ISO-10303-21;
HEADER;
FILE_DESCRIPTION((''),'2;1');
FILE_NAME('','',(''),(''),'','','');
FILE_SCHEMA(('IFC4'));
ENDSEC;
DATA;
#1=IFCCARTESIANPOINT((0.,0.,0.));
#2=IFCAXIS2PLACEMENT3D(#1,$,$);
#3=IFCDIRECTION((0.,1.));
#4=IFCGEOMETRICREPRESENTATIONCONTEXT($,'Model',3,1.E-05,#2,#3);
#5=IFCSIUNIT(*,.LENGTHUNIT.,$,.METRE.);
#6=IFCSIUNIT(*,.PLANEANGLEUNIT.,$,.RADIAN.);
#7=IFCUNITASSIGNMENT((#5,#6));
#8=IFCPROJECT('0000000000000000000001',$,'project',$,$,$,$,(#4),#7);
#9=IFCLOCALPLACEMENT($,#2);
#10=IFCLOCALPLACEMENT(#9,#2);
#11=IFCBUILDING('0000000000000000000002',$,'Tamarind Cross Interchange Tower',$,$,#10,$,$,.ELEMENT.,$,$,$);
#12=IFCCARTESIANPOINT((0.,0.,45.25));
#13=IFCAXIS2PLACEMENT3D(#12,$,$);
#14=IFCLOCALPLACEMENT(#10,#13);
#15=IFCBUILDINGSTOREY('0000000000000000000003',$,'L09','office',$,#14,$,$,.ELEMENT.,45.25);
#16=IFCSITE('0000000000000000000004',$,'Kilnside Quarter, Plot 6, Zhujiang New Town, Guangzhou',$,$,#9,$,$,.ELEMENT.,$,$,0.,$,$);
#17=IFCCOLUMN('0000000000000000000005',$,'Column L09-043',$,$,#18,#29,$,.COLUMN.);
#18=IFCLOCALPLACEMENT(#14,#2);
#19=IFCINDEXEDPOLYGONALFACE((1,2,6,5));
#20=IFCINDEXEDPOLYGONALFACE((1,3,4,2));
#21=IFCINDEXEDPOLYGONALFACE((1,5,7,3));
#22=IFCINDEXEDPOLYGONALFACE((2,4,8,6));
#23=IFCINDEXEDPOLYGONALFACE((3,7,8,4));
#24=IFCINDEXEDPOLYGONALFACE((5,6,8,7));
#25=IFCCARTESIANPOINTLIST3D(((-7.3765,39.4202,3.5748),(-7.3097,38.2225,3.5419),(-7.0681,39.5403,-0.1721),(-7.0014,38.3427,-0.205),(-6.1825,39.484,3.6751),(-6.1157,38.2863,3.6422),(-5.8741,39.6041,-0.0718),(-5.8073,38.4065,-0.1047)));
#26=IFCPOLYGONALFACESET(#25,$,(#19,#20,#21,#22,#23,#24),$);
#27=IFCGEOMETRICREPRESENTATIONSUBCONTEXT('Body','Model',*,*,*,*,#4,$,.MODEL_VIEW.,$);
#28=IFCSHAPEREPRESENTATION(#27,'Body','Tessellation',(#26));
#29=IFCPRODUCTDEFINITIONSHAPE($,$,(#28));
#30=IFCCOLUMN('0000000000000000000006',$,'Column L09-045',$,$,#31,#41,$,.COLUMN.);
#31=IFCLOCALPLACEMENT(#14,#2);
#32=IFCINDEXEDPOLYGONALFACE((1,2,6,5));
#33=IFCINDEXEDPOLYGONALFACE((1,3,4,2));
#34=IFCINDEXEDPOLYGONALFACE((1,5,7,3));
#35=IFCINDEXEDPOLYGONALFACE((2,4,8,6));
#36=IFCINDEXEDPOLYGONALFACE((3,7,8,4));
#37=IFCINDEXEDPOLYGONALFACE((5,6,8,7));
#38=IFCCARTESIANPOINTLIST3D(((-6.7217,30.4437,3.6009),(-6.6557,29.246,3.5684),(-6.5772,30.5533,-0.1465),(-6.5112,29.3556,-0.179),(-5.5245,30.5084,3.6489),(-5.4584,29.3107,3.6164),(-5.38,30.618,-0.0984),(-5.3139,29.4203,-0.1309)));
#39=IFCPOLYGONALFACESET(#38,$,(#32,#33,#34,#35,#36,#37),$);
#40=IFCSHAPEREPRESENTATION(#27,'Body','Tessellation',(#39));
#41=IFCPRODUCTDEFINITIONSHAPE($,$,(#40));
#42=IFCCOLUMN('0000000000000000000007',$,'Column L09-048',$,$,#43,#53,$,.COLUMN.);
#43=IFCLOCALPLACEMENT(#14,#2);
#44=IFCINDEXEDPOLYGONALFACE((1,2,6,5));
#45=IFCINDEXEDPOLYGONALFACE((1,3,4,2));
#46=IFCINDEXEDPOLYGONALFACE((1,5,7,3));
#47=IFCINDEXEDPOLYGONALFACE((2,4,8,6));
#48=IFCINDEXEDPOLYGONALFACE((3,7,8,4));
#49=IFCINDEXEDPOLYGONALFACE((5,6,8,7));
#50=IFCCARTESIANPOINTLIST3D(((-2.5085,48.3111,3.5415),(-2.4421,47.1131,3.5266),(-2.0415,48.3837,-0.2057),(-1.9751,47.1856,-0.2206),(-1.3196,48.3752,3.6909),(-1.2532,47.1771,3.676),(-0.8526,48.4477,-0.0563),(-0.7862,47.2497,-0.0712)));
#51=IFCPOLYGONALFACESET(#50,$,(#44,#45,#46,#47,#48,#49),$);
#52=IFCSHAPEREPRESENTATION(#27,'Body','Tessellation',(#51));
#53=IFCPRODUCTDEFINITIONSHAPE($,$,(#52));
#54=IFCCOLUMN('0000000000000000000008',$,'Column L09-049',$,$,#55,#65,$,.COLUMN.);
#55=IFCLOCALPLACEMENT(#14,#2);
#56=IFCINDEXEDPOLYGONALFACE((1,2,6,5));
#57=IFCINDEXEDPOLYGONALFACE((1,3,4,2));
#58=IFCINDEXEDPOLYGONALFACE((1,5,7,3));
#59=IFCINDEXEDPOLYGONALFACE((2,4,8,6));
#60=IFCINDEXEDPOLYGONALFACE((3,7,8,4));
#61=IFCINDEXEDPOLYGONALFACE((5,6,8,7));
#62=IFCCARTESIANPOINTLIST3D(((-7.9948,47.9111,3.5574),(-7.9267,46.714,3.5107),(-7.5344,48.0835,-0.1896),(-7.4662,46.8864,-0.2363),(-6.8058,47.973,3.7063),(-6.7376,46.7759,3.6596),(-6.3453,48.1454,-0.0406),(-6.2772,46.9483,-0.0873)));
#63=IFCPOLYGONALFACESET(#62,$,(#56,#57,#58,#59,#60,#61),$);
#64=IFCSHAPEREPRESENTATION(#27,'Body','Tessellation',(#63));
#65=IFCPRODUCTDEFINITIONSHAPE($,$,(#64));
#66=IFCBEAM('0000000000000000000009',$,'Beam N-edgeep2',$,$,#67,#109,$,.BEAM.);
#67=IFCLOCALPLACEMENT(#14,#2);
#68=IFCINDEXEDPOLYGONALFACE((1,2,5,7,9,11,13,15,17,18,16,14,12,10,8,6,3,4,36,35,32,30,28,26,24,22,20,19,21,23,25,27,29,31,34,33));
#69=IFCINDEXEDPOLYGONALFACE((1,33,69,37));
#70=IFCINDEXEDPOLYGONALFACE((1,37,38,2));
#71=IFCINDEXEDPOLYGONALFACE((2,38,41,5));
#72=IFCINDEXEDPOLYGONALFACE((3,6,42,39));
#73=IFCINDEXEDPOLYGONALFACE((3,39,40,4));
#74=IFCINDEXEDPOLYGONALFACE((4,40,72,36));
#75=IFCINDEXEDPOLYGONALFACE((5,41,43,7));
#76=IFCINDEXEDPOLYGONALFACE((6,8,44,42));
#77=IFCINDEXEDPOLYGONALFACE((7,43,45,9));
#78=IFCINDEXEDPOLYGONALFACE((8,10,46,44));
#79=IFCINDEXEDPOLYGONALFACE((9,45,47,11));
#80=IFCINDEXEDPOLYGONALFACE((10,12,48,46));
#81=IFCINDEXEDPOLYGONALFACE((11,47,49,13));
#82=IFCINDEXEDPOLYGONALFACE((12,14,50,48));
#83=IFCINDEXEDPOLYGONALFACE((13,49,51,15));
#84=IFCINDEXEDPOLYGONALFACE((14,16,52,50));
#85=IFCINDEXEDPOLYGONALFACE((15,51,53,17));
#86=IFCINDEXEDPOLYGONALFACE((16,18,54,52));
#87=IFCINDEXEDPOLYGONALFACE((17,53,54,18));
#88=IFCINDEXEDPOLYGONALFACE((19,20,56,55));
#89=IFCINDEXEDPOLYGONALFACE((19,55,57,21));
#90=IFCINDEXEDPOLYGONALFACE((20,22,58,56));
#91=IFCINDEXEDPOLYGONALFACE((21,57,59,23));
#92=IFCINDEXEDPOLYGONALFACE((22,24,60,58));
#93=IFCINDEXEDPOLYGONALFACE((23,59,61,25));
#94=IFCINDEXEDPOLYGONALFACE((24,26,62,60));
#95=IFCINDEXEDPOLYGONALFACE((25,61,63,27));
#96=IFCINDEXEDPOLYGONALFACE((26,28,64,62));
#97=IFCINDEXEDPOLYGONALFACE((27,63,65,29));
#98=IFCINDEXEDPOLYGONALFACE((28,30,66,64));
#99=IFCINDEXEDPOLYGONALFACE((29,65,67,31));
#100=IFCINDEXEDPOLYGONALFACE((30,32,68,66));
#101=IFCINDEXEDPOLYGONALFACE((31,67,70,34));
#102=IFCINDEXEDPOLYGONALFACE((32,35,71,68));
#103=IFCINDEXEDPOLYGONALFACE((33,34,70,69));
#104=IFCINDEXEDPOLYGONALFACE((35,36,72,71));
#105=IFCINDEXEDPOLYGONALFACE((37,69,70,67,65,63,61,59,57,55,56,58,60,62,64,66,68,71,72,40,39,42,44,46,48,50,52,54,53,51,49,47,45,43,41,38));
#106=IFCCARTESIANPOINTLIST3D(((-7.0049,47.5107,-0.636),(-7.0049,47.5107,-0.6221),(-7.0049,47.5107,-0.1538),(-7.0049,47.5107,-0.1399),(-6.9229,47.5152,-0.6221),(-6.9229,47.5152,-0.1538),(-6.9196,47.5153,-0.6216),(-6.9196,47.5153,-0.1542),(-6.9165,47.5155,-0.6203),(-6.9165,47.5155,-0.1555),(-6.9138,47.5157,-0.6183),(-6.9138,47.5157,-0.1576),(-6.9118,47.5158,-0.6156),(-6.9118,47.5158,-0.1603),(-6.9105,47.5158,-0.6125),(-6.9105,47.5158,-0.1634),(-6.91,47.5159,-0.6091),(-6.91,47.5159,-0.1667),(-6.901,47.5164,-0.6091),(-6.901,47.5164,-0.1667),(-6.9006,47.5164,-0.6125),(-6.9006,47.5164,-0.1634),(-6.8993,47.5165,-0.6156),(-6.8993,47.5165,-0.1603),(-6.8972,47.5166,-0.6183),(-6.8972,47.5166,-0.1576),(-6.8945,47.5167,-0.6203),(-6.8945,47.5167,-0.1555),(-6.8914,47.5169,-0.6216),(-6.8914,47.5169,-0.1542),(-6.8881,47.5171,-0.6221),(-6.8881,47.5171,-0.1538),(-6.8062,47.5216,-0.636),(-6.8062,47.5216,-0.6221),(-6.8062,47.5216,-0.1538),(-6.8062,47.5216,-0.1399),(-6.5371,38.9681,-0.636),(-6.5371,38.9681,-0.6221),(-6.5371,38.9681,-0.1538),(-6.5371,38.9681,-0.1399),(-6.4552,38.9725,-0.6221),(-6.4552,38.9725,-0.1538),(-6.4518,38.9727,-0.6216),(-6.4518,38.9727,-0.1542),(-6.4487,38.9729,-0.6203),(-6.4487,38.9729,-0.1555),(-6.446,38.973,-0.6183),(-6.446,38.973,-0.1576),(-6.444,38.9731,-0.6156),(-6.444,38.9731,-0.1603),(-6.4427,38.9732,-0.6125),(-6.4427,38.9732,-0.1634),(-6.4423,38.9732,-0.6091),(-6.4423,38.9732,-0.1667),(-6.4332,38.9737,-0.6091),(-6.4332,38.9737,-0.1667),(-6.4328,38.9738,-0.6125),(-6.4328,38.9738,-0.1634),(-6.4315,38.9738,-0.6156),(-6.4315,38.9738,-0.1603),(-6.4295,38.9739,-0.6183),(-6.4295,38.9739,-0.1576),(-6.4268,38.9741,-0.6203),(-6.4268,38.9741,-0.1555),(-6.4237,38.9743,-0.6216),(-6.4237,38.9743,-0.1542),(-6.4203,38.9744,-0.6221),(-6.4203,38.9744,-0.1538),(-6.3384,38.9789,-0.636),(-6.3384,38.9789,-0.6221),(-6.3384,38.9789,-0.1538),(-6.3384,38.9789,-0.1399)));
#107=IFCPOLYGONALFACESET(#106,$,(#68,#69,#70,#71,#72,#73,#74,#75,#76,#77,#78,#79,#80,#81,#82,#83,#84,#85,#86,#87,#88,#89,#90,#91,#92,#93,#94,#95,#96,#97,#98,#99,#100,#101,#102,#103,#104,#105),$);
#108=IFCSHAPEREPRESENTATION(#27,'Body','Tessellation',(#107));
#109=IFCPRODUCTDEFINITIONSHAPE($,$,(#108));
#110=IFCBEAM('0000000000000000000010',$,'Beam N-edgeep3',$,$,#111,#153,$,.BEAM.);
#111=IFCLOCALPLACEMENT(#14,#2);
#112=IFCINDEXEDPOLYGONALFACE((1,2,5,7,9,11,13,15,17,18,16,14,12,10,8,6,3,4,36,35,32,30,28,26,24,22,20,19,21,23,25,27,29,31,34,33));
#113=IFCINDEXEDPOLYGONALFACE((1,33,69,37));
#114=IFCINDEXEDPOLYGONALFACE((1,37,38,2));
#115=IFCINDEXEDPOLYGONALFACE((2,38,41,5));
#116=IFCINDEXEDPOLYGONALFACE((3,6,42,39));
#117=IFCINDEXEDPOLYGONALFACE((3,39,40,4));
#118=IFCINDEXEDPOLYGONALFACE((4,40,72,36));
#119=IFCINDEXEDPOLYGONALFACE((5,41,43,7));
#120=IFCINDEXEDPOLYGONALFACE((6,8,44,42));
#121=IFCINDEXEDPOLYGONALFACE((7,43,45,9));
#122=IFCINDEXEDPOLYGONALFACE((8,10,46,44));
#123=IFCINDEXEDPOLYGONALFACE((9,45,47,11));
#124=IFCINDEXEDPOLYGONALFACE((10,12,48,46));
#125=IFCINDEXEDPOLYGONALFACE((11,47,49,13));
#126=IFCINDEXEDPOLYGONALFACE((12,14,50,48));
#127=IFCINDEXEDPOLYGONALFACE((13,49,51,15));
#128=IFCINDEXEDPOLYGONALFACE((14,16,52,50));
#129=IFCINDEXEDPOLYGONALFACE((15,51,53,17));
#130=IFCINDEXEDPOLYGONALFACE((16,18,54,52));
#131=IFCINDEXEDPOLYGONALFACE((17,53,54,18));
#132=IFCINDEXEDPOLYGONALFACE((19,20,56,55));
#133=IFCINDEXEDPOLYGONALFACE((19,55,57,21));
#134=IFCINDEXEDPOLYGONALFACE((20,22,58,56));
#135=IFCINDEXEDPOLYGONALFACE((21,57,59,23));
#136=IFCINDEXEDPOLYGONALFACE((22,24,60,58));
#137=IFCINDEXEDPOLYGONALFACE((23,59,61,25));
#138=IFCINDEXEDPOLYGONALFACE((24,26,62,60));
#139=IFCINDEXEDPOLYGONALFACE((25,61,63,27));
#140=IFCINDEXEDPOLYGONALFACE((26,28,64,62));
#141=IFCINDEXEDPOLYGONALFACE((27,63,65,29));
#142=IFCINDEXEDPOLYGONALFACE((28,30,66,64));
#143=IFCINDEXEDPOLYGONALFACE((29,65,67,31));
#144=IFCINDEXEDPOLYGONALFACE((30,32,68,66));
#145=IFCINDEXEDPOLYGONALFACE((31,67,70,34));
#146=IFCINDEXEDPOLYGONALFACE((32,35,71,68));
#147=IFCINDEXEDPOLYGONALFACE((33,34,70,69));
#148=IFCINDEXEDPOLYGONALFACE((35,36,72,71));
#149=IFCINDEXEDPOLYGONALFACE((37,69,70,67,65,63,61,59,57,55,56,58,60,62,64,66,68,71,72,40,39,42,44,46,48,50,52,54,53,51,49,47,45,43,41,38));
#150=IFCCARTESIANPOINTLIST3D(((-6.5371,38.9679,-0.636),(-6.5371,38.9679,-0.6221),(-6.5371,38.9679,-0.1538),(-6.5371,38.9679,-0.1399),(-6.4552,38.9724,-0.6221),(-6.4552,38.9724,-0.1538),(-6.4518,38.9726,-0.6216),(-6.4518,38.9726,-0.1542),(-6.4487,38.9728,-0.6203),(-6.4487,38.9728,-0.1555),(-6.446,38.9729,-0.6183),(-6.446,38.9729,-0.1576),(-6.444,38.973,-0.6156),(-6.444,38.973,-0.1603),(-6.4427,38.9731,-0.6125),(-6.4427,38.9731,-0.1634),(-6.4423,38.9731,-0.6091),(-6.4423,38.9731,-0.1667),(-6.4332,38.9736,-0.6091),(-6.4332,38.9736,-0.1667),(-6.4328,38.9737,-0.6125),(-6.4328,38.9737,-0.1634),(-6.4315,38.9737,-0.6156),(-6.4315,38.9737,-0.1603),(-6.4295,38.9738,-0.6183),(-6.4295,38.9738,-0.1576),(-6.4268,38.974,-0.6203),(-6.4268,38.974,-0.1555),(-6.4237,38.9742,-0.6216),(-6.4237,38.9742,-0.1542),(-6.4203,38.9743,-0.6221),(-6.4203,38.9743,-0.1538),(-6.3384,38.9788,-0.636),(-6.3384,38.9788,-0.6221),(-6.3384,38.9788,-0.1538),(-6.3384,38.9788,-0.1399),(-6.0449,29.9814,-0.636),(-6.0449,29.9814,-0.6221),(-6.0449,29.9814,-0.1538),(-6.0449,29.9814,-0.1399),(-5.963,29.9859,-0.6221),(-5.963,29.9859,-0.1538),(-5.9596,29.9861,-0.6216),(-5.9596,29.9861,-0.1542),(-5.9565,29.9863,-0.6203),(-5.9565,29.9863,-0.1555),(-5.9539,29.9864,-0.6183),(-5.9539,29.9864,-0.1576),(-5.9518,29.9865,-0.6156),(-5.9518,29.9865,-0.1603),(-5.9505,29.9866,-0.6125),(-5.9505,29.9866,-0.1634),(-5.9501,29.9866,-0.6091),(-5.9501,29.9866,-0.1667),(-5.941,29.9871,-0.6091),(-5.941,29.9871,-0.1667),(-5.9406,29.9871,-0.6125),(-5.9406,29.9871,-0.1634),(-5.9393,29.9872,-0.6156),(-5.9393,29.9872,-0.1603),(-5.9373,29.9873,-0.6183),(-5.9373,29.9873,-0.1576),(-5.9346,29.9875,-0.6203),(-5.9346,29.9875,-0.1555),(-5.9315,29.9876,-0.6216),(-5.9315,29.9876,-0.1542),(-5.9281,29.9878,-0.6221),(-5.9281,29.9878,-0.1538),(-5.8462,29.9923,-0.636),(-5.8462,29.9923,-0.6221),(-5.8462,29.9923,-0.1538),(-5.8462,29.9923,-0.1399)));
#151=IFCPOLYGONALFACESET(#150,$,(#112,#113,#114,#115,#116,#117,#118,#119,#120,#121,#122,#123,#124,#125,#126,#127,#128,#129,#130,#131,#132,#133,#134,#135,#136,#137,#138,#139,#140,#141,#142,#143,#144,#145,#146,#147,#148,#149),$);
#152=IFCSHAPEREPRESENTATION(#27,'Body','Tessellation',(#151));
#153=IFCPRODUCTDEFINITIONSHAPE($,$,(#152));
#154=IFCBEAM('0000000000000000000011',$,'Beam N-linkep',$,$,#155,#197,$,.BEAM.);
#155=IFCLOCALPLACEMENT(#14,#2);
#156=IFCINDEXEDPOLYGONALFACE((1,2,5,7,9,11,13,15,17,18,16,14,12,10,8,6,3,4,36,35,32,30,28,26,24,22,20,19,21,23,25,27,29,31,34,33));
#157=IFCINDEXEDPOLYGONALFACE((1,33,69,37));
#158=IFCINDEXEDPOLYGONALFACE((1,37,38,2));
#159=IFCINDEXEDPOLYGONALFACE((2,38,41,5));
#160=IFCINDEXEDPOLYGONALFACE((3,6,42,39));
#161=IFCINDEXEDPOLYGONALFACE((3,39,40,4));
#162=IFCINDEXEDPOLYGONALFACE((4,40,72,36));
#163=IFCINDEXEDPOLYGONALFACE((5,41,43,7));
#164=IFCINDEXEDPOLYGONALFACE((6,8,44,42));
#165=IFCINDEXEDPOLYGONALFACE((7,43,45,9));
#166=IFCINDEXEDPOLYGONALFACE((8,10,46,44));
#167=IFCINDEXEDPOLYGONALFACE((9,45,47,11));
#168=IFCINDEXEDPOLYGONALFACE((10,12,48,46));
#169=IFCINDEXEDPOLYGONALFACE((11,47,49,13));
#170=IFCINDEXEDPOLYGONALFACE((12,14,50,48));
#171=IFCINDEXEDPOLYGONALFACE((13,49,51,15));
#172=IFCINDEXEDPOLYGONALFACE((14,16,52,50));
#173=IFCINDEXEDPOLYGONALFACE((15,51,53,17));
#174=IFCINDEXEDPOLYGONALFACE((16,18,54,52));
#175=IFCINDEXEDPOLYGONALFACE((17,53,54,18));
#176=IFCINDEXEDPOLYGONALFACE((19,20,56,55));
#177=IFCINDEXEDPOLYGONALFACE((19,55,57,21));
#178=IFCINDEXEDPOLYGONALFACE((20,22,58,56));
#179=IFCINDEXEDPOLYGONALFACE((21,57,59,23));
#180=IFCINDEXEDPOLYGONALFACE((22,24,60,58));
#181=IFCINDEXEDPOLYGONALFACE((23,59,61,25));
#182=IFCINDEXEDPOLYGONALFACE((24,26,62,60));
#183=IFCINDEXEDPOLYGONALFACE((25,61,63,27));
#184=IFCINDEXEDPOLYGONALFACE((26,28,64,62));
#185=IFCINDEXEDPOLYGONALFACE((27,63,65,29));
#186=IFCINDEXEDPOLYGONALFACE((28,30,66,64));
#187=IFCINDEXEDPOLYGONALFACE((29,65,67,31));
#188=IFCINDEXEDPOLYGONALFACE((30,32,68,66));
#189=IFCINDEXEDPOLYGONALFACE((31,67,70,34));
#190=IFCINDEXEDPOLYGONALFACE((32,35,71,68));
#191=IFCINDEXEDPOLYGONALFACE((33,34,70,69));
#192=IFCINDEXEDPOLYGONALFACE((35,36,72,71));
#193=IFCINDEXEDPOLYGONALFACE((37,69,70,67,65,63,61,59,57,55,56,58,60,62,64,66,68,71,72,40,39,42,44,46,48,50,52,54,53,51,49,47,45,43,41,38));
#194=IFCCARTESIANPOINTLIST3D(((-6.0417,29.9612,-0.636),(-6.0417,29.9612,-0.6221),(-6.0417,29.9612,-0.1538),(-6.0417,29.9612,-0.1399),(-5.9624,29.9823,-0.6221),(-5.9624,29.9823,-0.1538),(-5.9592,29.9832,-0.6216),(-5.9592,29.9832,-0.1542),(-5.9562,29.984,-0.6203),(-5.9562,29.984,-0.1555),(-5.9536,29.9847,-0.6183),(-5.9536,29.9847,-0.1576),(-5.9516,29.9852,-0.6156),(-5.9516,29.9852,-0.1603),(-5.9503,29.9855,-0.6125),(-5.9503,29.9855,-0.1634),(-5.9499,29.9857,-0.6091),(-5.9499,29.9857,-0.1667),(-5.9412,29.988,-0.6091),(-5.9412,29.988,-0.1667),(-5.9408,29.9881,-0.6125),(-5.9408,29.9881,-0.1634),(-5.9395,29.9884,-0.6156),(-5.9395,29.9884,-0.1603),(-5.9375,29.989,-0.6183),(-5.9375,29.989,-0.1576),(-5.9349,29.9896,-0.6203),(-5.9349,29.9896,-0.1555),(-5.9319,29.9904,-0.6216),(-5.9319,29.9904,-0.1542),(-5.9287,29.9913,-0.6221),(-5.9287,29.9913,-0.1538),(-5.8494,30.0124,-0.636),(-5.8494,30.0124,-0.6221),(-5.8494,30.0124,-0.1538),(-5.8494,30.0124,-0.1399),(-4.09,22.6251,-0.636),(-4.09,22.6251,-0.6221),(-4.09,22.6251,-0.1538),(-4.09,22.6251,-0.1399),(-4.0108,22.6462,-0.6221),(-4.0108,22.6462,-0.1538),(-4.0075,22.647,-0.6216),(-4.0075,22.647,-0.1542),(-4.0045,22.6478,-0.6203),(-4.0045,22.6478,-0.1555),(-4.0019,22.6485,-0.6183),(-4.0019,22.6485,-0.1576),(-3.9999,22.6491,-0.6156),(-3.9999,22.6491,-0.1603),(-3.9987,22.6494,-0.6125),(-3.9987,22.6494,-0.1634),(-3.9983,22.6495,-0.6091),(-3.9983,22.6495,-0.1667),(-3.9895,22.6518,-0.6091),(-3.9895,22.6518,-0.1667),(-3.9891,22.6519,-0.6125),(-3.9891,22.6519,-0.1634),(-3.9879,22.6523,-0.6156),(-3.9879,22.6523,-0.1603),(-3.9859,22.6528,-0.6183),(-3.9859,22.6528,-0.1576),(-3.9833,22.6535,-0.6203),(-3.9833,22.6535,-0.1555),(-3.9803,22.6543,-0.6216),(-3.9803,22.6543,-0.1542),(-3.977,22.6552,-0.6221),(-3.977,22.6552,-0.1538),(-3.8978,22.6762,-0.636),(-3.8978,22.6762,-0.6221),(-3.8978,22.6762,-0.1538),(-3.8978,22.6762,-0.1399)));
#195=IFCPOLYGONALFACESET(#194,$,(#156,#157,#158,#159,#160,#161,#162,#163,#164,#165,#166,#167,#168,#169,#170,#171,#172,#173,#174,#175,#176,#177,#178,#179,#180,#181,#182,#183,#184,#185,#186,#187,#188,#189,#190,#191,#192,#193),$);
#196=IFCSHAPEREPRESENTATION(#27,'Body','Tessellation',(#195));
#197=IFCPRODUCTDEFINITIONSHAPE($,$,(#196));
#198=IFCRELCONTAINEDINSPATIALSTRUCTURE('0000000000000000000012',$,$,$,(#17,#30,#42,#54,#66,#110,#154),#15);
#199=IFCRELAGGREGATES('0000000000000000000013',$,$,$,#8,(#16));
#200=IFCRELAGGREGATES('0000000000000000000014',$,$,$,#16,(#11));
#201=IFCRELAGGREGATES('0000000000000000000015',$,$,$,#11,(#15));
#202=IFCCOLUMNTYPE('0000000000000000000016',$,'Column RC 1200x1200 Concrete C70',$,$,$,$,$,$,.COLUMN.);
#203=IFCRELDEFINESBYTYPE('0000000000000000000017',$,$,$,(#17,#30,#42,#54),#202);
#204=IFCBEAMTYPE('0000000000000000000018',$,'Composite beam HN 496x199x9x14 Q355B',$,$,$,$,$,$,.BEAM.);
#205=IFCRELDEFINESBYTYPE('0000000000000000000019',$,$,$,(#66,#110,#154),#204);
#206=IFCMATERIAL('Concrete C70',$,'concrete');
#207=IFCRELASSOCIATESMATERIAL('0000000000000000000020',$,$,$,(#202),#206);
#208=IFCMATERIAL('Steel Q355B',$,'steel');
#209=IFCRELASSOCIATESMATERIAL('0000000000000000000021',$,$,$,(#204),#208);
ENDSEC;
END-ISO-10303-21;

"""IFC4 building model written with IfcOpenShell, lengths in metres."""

from ifc_helpers import new_model, si_unit, direction, frame, origin, origin_2d, place, context, subcontext, project, spatial, rectangle, i_section, extrude, material, material_profile, profile_set, type_object, element, save


model = new_model("IFC4")

# Units and contexts
model_context = context("Model", 3, precision=1e-05, world=origin(), true_north=direction((0.0, 1.0)))
body_context = subcontext(model_context, "Body", "Model", "MODEL_VIEW")
ifc_project = project(units=[si_unit("LENGTHUNIT", "METRE"), si_unit("PLANEANGLEUNIT", "RADIAN")], contexts=[model_context])

# Site, building, storey
site_placement = place(None, origin())
site = spatial("IfcSite", under=ifc_project, at=site_placement, Name="Kilnside Quarter, Plot 6, Zhujiang New Town, Guangzhou", CompositionType="ELEMENT", RefElevation=0.0)
building_placement = place(site_placement, origin())
building = spatial("IfcBuilding", under=site, at=building_placement, Name="Tamarind Cross Interchange Tower", CompositionType="ELEMENT")
storey_placement = place(building_placement, frame((0.0, 0.0, 45.25)))
storey = spatial("IfcBuildingStorey", under=building, at=storey_placement, Name="L09", Description="office", CompositionType="ELEMENT", Elevation=45.25)

# Columns
ifc_material_1 = material(Name="Concrete C70", Category="concrete")
ifc_material_profile_1 = material_profile(ifc_material_1, rectangle(XDim=1.2, YDim=1.2, at=origin_2d()), Name="RC 1200x1200")
ifc_profile_set_1 = profile_set([ifc_material_profile_1], Name="Concrete C70")
column_type = type_object("IfcColumnType", Name="Column RC 1200x1200 Concrete C70", PredefinedType="COLUMN", material=ifc_profile_set_1)
column_1_placement = place(storey_placement, frame((-6.4377, 38.9734, -0.1384), z_axis=(-0.081977, -0.031934, 0.996122), x_axis=(0.99508, 0.053168, 0.083596)))
element("IfcColumn", 1, at=column_1_placement, inside=storey, type_object=column_type, Name="Column L09-043", PredefinedType="COLUMN", context=body_context, shape_type="SweptSolid", body=[
    extrude(rectangle(XDim=1.2, YDim=1.2, at=origin_2d()), origin(), (0.0, 0.0, 1.0), 3.7615),
])
column_2_placement = place(storey_placement, frame((-5.9456, 29.9868, -0.1387), z_axis=(-0.038524, -0.029219, 0.99883), x_axis=(0.99774, 0.053937, 0.04006)))
element("IfcColumn", 2, at=column_2_placement, inside=storey, type_object=column_type, Name="Column L09-045", PredefinedType="COLUMN", context=body_context, shape_type="SweptSolid", body=[
    extrude(rectangle(XDim=1.2, YDim=1.2, at=origin_2d()), origin(), (0.0, 0.0, 1.0), 3.7517),
])
column_3_placement = place(storey_placement, frame((-1.4138, 47.8167, -0.1384), z_axis=(-0.123662, -0.019199, 0.992139), x_axis=(0.990781, 0.053353, 0.124525)))
element("IfcColumn", 3, at=column_3_placement, inside=storey, type_object=column_type, Name="Column L09-048", PredefinedType="COLUMN", context=body_context, shape_type="SweptSolid", body=[
    extrude(rectangle(XDim=1.2, YDim=1.2, at=origin_2d()), origin(), (0.0, 0.0, 1.0), 3.7769),
])
column_4_placement = place(storey_placement, frame((-6.9058, 47.5159, -0.1384), z_axis=(-0.121846, -0.045611, 0.9915), x_axis=(0.990923, 0.051565, 0.124147)))
element("IfcColumn", 4, at=column_4_placement, inside=storey, type_object=column_type, Name="Column L09-049", PredefinedType="COLUMN", context=body_context, shape_type="SweptSolid", body=[
    extrude(rectangle(XDim=1.2, YDim=1.2, at=origin_2d()), origin(), (0.0, 0.0, 1.0), 3.7791),
])

# Beams
ifc_material_2 = material(Name="Steel Q355B", Category="steel")
ifc_material_profile_2 = material_profile(ifc_material_2, i_section(OverallWidth=0.199, OverallDepth=0.4961, WebThickness=0.009, FlangeThickness=0.0139, FilletRadius=0.0129, at=origin_2d()), Name="HN 496x199x9x14")
ifc_profile_set_2 = profile_set([ifc_material_profile_2], Name="Steel Q355B")
beam_type_1 = type_object("IfcBeamType", Name="Composite beam HN 496x199x9x14 Q355B", PredefinedType="BEAM", material=ifc_profile_set_2)
beam_1_placement = place(storey_placement, frame((-6.9055, 47.5161, -0.3879), z_axis=(0.054675, -0.998504, 0.0), x_axis=(0.998504, 0.054675, 0.0)))
element("IfcBeam", 5, at=beam_1_placement, inside=storey, type_object=beam_type_1, Name="Beam N-edgeep2", PredefinedType="BEAM", context=body_context, shape_type="SweptSolid", body=[
    extrude(i_section(OverallWidth=0.199, OverallDepth=0.4961, WebThickness=0.009, FlangeThickness=0.0139, FilletRadius=0.0129, at=origin_2d()), origin(), (0.0, 0.0, 1.0), 8.5554),
])
beam_2_placement = place(storey_placement, frame((-6.4377, 38.9734, -0.3879), z_axis=(0.054687, -0.998504, 0.0), x_axis=(0.998504, 0.054687, 0.0)))
element("IfcBeam", 6, at=beam_2_placement, inside=storey, type_object=beam_type_1, Name="Beam N-edgeep3", PredefinedType="BEAM", context=body_context, shape_type="SweptSolid", body=[
    extrude(i_section(OverallWidth=0.199, OverallDepth=0.4961, WebThickness=0.009, FlangeThickness=0.0139, FilletRadius=0.0129, at=origin_2d()), origin(), (0.0, 0.0, 1.0), 9.0),
])
beam_3_placement = place(storey_placement, frame((-5.9456, 29.9868, -0.3879), z_axis=(0.25709, -0.966387, 0.0), x_axis=(0.966387, 0.25709, 0.0)))
element("IfcBeam", 7, at=beam_3_placement, inside=storey, type_object=beam_type_1, Name="Beam N-linkep", PredefinedType="BEAM", context=body_context, shape_type="SweptSolid", body=[
    extrude(i_section(OverallWidth=0.199, OverallDepth=0.4961, WebThickness=0.009, FlangeThickness=0.0139, FilletRadius=0.0129, at=origin_2d()), origin(), (0.0, 0.0, 1.0), 7.5913),
])

save(model, "model.ifc")
